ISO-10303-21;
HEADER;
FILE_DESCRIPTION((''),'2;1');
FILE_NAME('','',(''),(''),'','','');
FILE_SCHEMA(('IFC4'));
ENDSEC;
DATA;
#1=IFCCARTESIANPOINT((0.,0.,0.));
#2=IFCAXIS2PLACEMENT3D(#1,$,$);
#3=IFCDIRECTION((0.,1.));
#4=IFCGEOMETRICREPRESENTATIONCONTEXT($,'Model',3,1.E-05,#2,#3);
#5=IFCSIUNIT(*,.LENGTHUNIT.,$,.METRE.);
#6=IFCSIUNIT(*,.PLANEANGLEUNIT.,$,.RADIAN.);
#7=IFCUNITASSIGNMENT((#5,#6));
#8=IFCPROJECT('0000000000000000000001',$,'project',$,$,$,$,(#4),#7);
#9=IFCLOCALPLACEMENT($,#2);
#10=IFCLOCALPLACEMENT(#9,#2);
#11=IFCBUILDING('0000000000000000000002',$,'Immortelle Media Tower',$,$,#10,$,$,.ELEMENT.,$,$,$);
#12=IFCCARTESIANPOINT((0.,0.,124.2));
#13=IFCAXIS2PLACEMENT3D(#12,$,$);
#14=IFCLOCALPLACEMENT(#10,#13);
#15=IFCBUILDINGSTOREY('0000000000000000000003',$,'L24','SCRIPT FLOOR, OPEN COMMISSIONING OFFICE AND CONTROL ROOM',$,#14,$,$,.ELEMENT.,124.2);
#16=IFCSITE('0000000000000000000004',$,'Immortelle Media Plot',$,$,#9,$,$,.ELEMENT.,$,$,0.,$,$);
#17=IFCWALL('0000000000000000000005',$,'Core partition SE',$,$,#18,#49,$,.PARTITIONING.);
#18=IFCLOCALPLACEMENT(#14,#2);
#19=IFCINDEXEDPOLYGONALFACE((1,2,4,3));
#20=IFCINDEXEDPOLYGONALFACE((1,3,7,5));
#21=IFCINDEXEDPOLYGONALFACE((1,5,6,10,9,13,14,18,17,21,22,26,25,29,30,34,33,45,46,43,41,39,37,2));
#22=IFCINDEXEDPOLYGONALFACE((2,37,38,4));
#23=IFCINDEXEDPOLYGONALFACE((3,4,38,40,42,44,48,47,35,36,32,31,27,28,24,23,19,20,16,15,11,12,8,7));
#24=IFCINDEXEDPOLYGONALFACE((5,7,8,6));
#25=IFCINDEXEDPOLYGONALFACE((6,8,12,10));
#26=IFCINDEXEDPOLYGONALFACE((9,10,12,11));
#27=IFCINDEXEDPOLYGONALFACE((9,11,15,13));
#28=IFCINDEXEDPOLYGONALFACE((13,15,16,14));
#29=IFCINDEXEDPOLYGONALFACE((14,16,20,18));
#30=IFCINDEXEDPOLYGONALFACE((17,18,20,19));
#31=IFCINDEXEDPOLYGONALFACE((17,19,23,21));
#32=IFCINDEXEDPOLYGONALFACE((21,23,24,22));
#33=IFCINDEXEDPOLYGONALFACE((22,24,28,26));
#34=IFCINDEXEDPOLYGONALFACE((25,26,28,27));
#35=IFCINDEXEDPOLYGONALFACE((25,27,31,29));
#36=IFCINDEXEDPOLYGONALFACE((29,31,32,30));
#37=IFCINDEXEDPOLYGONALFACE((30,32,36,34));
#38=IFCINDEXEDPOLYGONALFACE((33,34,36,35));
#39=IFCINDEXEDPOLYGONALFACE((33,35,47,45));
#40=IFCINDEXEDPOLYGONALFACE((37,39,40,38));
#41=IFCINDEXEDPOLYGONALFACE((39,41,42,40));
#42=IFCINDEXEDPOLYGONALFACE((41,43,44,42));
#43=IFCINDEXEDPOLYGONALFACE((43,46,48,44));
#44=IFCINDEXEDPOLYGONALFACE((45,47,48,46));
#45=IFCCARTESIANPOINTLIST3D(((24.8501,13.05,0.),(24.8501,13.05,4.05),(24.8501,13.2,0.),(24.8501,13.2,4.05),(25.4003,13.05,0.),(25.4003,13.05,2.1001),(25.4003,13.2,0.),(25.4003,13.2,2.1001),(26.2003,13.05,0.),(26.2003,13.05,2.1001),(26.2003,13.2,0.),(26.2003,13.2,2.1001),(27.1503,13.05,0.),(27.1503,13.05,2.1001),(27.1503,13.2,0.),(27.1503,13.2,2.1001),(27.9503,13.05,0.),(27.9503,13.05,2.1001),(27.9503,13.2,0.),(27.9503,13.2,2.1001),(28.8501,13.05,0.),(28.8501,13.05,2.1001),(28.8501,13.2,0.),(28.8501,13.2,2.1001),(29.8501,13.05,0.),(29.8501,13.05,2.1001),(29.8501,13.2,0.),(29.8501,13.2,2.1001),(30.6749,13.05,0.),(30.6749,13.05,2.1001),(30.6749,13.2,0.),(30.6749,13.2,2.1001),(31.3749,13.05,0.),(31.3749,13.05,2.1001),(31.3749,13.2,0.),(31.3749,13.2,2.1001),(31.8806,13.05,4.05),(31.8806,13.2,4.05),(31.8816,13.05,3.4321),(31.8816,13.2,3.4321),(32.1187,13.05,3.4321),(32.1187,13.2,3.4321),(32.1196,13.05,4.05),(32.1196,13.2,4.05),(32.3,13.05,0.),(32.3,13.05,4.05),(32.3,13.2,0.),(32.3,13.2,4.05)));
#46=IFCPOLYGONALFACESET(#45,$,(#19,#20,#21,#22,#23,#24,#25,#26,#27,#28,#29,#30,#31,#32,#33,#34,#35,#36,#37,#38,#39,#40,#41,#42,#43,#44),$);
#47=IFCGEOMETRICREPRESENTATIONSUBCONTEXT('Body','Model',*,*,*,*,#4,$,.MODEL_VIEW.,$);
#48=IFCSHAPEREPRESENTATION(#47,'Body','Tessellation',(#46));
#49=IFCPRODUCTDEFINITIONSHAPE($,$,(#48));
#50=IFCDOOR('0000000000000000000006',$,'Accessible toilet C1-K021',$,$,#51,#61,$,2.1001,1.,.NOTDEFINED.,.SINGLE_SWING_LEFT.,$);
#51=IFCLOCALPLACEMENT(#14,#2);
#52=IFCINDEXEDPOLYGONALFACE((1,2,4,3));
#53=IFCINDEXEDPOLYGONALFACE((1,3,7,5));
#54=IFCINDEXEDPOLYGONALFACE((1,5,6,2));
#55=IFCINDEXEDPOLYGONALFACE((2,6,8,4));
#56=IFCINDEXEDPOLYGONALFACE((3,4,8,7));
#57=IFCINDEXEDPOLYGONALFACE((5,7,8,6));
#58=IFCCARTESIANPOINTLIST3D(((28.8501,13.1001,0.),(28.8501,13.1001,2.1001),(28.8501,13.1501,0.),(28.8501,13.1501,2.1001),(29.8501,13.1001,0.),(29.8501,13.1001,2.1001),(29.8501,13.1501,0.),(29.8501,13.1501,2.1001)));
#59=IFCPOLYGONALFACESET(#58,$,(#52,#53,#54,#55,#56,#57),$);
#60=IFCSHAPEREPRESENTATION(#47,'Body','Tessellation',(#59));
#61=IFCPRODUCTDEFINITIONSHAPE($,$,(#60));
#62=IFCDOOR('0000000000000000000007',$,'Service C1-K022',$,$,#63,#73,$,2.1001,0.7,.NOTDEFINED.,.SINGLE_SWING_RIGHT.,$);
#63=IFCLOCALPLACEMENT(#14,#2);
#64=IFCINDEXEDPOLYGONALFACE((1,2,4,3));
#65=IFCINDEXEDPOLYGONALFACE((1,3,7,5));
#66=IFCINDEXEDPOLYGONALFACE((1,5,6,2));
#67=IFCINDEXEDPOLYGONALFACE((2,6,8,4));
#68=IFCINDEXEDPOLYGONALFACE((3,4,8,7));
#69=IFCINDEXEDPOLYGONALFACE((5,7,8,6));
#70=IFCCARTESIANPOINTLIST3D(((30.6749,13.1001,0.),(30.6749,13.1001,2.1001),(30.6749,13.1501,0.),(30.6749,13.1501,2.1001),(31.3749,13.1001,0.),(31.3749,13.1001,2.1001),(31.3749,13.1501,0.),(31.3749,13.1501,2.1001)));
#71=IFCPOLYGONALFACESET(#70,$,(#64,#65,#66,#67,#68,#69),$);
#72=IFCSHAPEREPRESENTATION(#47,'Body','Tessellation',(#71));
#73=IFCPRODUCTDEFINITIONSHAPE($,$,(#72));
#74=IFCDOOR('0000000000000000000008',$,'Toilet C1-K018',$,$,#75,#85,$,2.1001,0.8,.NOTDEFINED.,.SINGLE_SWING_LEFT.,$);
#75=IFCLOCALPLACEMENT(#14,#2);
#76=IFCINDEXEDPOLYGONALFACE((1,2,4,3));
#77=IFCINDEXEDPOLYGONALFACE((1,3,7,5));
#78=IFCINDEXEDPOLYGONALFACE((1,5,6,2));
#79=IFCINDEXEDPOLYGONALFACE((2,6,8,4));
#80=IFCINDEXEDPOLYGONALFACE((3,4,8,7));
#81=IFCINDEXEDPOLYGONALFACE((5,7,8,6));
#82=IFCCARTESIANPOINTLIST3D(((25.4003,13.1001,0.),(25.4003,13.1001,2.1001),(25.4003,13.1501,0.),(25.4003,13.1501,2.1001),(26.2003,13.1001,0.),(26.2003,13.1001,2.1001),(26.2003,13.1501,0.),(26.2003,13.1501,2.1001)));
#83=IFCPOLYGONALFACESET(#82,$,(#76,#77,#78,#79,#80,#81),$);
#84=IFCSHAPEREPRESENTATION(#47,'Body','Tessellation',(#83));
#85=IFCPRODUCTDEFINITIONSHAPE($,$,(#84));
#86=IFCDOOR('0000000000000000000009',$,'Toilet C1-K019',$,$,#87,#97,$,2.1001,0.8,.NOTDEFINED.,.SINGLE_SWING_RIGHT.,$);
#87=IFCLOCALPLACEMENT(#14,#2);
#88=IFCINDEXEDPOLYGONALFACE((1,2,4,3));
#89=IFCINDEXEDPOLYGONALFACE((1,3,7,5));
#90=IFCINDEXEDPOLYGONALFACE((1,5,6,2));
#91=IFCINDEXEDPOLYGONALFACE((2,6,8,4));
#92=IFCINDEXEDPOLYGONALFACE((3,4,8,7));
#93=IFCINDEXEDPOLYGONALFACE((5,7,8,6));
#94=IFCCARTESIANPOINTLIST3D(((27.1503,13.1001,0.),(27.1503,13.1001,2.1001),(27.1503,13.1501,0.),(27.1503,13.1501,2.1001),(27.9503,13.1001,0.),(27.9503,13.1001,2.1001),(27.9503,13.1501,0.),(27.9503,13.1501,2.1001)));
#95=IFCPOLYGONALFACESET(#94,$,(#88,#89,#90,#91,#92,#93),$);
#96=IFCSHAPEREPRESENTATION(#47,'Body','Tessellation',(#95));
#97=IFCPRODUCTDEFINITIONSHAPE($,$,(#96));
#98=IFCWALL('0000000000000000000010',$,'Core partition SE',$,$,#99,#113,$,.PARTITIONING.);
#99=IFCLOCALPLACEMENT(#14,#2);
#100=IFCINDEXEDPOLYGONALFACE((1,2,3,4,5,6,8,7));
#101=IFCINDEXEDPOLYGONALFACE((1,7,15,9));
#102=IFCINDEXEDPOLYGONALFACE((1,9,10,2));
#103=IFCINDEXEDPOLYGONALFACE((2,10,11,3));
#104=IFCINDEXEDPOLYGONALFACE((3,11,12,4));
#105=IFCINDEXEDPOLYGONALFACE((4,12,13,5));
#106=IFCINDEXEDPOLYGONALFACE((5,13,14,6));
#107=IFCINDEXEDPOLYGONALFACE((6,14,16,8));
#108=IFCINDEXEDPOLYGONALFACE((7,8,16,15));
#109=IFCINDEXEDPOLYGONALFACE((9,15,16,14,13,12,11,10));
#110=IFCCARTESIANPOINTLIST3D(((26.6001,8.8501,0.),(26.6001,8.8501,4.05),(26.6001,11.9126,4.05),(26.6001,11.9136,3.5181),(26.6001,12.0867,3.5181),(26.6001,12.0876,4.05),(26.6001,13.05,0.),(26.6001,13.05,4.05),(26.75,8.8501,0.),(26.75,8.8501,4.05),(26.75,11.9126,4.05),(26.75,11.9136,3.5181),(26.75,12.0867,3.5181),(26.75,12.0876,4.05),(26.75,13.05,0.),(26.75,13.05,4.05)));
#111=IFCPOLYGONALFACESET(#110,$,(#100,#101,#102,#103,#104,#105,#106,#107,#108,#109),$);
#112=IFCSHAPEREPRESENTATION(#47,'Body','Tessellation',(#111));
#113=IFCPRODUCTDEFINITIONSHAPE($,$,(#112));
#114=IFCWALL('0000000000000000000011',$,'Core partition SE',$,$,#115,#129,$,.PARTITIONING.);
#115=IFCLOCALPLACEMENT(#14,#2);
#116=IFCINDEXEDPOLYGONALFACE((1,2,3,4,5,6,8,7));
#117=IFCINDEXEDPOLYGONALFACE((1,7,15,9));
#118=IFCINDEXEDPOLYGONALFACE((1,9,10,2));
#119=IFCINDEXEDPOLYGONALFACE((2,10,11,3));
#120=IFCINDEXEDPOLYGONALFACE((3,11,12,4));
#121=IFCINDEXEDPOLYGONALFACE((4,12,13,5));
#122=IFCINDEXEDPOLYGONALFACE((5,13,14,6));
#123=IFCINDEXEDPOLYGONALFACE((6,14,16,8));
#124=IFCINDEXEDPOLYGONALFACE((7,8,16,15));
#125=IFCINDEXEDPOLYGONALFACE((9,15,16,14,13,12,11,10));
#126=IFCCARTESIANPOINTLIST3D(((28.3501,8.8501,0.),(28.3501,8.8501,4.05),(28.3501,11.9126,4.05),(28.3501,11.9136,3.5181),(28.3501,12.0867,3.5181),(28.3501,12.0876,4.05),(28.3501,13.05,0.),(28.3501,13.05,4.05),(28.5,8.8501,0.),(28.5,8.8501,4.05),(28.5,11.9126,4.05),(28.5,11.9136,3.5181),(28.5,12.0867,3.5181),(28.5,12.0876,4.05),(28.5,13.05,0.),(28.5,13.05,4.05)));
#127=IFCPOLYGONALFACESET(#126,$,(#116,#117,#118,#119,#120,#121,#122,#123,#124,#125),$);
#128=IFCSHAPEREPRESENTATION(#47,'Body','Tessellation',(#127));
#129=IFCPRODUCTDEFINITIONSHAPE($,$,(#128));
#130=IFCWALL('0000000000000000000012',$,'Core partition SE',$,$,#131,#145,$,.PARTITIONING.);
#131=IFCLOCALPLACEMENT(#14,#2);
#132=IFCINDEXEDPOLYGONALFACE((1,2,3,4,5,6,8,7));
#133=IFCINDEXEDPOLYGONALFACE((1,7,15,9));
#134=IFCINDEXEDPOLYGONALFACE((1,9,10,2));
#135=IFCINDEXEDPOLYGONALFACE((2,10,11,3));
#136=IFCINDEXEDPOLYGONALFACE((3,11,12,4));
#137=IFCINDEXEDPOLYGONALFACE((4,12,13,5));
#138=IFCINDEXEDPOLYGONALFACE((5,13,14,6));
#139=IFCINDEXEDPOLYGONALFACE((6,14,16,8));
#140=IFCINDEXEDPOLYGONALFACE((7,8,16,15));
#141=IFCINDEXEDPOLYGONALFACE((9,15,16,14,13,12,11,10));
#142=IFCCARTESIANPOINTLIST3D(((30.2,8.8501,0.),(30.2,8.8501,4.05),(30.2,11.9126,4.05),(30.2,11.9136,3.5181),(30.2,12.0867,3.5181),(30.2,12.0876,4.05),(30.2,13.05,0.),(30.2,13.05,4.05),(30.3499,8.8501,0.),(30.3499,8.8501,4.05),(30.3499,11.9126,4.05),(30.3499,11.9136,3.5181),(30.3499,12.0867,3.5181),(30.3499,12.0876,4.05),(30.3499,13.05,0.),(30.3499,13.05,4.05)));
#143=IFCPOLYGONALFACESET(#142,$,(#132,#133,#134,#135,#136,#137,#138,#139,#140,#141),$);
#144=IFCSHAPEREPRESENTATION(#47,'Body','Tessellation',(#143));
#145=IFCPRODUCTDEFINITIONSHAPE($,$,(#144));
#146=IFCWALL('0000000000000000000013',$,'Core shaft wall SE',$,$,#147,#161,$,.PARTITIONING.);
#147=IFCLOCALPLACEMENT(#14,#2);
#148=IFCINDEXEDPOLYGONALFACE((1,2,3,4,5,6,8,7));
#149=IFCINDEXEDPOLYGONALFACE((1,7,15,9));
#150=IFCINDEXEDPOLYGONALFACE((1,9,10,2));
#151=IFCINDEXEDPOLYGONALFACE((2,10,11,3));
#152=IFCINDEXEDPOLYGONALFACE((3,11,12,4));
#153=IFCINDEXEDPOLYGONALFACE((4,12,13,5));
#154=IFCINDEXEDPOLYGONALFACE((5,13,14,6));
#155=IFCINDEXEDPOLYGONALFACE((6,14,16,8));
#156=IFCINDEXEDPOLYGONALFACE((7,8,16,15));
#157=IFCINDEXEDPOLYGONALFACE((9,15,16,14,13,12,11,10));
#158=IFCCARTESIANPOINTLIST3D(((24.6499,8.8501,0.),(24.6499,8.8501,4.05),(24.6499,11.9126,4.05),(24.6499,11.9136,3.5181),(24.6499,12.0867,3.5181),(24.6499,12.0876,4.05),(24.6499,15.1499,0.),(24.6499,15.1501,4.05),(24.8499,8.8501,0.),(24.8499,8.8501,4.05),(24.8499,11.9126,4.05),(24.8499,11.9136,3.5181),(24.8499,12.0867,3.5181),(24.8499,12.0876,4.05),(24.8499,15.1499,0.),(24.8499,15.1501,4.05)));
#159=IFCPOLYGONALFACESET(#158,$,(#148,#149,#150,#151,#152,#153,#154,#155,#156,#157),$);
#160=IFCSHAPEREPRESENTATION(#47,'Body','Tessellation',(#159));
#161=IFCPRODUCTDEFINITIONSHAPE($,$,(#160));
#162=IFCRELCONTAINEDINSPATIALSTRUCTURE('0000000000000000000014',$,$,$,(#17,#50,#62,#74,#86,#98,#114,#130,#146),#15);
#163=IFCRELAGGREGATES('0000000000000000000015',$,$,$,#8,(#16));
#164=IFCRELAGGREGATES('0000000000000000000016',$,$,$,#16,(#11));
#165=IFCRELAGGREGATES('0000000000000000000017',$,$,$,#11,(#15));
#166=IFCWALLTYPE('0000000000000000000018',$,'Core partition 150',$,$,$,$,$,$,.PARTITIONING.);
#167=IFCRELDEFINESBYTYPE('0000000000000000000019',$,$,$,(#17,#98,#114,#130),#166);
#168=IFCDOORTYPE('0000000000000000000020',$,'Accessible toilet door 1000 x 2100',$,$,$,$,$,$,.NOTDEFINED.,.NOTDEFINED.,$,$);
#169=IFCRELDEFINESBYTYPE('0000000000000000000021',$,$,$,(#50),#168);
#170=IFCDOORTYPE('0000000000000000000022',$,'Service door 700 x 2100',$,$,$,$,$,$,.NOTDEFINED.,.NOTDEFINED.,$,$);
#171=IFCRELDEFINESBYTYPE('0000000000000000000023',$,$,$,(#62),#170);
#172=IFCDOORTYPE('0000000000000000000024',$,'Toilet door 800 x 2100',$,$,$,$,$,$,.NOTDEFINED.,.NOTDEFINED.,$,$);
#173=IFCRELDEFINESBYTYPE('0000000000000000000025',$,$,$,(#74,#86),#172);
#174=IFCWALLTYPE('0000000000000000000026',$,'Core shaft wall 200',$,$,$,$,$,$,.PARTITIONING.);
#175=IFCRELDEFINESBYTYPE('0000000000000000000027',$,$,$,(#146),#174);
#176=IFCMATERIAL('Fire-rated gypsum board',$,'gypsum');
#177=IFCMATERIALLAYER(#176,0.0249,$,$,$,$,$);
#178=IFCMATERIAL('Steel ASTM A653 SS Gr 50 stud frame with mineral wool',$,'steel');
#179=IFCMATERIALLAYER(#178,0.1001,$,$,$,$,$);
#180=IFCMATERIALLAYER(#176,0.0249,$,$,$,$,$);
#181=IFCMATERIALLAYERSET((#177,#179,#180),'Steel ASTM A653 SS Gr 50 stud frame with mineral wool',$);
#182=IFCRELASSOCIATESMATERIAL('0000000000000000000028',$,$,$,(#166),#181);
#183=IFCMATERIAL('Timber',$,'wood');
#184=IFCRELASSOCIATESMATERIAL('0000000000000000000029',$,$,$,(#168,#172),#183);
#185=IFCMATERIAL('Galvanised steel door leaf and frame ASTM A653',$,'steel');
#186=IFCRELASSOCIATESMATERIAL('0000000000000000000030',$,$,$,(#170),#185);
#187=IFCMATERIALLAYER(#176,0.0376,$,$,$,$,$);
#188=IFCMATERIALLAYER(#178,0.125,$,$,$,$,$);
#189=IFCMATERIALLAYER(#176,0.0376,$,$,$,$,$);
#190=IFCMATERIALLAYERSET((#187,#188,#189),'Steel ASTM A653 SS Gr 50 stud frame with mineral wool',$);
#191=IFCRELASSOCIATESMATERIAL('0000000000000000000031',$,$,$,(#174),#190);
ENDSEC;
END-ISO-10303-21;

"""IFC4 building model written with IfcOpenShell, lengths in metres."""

from ifc_helpers import new_model, si_unit, direction, frame, frame_2d, origin, place, context, subcontext, project, spatial, polyline, rectangle, outline, extrude, material, layer, layer_set, type_object, element, fill, save


model = new_model("IFC4")

# Units and contexts
model_context = context("Model", 3, precision=1e-05, world=origin(), true_north=direction((0.0, 1.0)))
body_context = subcontext(model_context, "Body", "Model", "MODEL_VIEW")
ifc_project = project(units=[si_unit("LENGTHUNIT", "METRE"), si_unit("PLANEANGLEUNIT", "RADIAN")], contexts=[model_context])

# Site, building, storey
site_placement = place(None, origin())
site = spatial("IfcSite", under=ifc_project, at=site_placement, Name="Immortelle Media Plot", CompositionType="ELEMENT", RefElevation=0.0)
building_placement = place(site_placement, origin())
building = spatial("IfcBuilding", under=site, at=building_placement, Name="Immortelle Media Tower", CompositionType="ELEMENT")
storey_placement = place(building_placement, frame((0.0, 0.0, 124.2)))
storey = spatial("IfcBuildingStorey", under=building, at=storey_placement, Name="L24", Description="SCRIPT FLOOR, OPEN COMMISSIONING OFFICE AND CONTROL ROOM", CompositionType="ELEMENT", Elevation=124.2)

# Wall, openings, doors
ifc_material_1 = material(Name="Fire-rated gypsum board", Category="gypsum")
ifc_layer_1 = layer(ifc_material_1, 0.0249)
ifc_material_2 = material(Name="Steel ASTM A653 SS Gr 50 stud frame with mineral wool", Category="steel")
ifc_layer_2 = layer(ifc_material_2, 0.1001)
ifc_layer_3 = layer(ifc_material_1, 0.0249)
ifc_layer_set_1 = layer_set([ifc_layer_1, ifc_layer_2, ifc_layer_3], Name="Steel ASTM A653 SS Gr 50 stud frame with mineral wool")
wall_type_1 = type_object("IfcWallType", Name="Core partition 150", PredefinedType="PARTITIONING", material=ifc_layer_set_1)
wall_1_placement = place(storey_placement, frame((24.8501, 13.125, 0.0), z_axis=(0.0, 0.0, 1.0), x_axis=(1.0, 0.0, 0.0)))
wall_1 = element("IfcWall", 1, at=wall_1_placement, inside=storey, type_object=wall_type_1, Name="Core partition SE", PredefinedType="PARTITIONING", context=body_context, shape_type="SweptSolid", body=[
    extrude(outline(polyline([(0.0, 0.0), (7.45, 0.0), (7.45, 4.05), (7.2695, 4.05), (7.2686, 3.4321), (7.0315, 3.4321), (7.0305, 4.05), (0.0, 4.05), (0.0, 0.0)])), frame((0.0, 0.075, 0.0), z_axis=(0.0, -1.0, 0.0), x_axis=(1.0, 0.0, 0.0)), (0.0, 0.0, 1.0), 0.1499),
])
opening_1_placement = place(wall_1_placement, frame((1.3501, 0.0, 0.0), z_axis=(0.0, 0.0, 1.0), x_axis=(-1.0, 0.0, 0.0)))
opening_1 = element("IfcOpeningElement", 2, at=opening_1_placement, cuts=wall_1, PredefinedType="OPENING", context=body_context, shape_type="SweptSolid", body=[
    extrude(rectangle(XDim=0.8, YDim=2.1001, at=frame_2d((0.3999, 1.05))), frame((0.0, 0.085, 0.0), z_axis=(0.0, -1.0, 0.0), x_axis=(1.0, 0.0, 0.0)), (0.0, 0.0, 1.0), 0.1699),
])
opening_2_placement = place(wall_1_placement, frame((3.1001, 0.0, 0.0), z_axis=(0.0, 0.0, 1.0), x_axis=(-1.0, 0.0, 0.0)))
opening_2 = element("IfcOpeningElement", 3, at=opening_2_placement, cuts=wall_1, PredefinedType="OPENING", context=body_context, shape_type="SweptSolid", body=[
    extrude(rectangle(XDim=0.8, YDim=2.1001, at=frame_2d((0.3999, 1.05))), frame((0.0, 0.085, 0.0), z_axis=(0.0, -1.0, 0.0), x_axis=(1.0, 0.0, 0.0)), (0.0, 0.0, 1.0), 0.1699),
])
opening_3_placement = place(wall_1_placement, frame((5.0, 0.0, 0.0), z_axis=(0.0, 0.0, 1.0), x_axis=(-1.0, 0.0, 0.0)))
opening_3 = element("IfcOpeningElement", 4, at=opening_3_placement, cuts=wall_1, PredefinedType="OPENING", context=body_context, shape_type="SweptSolid", body=[
    extrude(rectangle(XDim=1.0, YDim=2.1001, at=frame_2d((0.5, 1.05))), frame((0.0, 0.085, 0.0), z_axis=(0.0, -1.0, 0.0), x_axis=(1.0, 0.0, 0.0)), (0.0, 0.0, 1.0), 0.1699),
])
opening_4_placement = place(wall_1_placement, frame((6.5249, 0.0, 0.0), z_axis=(0.0, 0.0, 1.0), x_axis=(-1.0, 0.0, 0.0)))
opening_4 = element("IfcOpeningElement", 5, at=opening_4_placement, cuts=wall_1, PredefinedType="OPENING", context=body_context, shape_type="SweptSolid", body=[
    extrude(rectangle(XDim=0.7, YDim=2.1001, at=frame_2d((0.3501, 1.05))), frame((0.0, 0.085, 0.0), z_axis=(0.0, -1.0, 0.0), x_axis=(1.0, 0.0, 0.0)), (0.0, 0.0, 1.0), 0.1699),
])
ifc_material_3 = material(Name="Timber", Category="wood")
door_type_1 = type_object("IfcDoorType", Name="Accessible toilet door 1000 x 2100", OperationType="NOTDEFINED", PredefinedType="NOTDEFINED", material=ifc_material_3)
door_1_placement = place(opening_3_placement, origin())
door_1 = element("IfcDoor", 6, at=door_1_placement, inside=storey, type_object=door_type_1, Name="Accessible toilet C1-K021", OperationType="SINGLE_SWING_LEFT", OverallHeight=2.1001, OverallWidth=1.0, PredefinedType="NOTDEFINED", context=body_context, shape_type="SweptSolid", body=[
    extrude(rectangle(XDim=1.0, YDim=2.1001, at=frame_2d((0.5, 1.05))), frame((0.0, 0.0249, 0.0), z_axis=(0.0, -1.0, 0.0), x_axis=(1.0, 0.0, 0.0)), (0.0, 0.0, 1.0), 0.05),
])
fill(opening_3, door_1)
ifc_material_4 = material(Name="Galvanised steel door leaf and frame ASTM A653", Category="steel")
door_type_2 = type_object("IfcDoorType", Name="Service door 700 x 2100", OperationType="NOTDEFINED", PredefinedType="NOTDEFINED", material=ifc_material_4)
door_2_placement = place(opening_4_placement, origin())
door_2 = element("IfcDoor", 7, at=door_2_placement, inside=storey, type_object=door_type_2, Name="Service C1-K022", OperationType="SINGLE_SWING_RIGHT", OverallHeight=2.1001, OverallWidth=0.7, PredefinedType="NOTDEFINED", context=body_context, shape_type="SweptSolid", body=[
    extrude(rectangle(XDim=0.7, YDim=2.1001, at=frame_2d((0.3501, 1.05))), frame((0.0, 0.0249, 0.0), z_axis=(0.0, -1.0, 0.0), x_axis=(1.0, 0.0, 0.0)), (0.0, 0.0, 1.0), 0.05),
])
fill(opening_4, door_2)
door_type_3 = type_object("IfcDoorType", Name="Toilet door 800 x 2100", OperationType="NOTDEFINED", PredefinedType="NOTDEFINED", material=ifc_material_3)
door_3_placement = place(opening_1_placement, origin())
door_3 = element("IfcDoor", 8, at=door_3_placement, inside=storey, type_object=door_type_3, Name="Toilet C1-K018", OperationType="SINGLE_SWING_LEFT", OverallHeight=2.1001, OverallWidth=0.8, PredefinedType="NOTDEFINED", context=body_context, shape_type="SweptSolid", body=[
    extrude(rectangle(XDim=0.8, YDim=2.1001, at=frame_2d((0.3999, 1.05))), frame((0.0, 0.0249, 0.0), z_axis=(0.0, -1.0, 0.0), x_axis=(1.0, 0.0, 0.0)), (0.0, 0.0, 1.0), 0.05),
])
fill(opening_1, door_3)
door_4_placement = place(opening_2_placement, origin())
door_4 = element("IfcDoor", 9, at=door_4_placement, inside=storey, type_object=door_type_3, Name="Toilet C1-K019", OperationType="SINGLE_SWING_RIGHT", OverallHeight=2.1001, OverallWidth=0.8, PredefinedType="NOTDEFINED", context=body_context, shape_type="SweptSolid", body=[
    extrude(rectangle(XDim=0.8, YDim=2.1001, at=frame_2d((0.3999, 1.05))), frame((0.0, 0.0249, 0.0), z_axis=(0.0, -1.0, 0.0), x_axis=(1.0, 0.0, 0.0)), (0.0, 0.0, 1.0), 0.05),
])
fill(opening_2, door_4)

# Walls
for number, where, z_axis, x_axis, name in (
    (10, (26.675, 8.8501, 0.0), (0.0, 0.0, 1.0), (0.0, 1.0, 0.0), "Core partition SE"),
    (11, (28.425, 8.8501, 0.0), (0.0, 0.0, 1.0), (0.0, 1.0, 0.0), "Core partition SE"),
    (12, (30.2749, 8.8501, 0.0), (0.0, 0.0, 1.0), (0.0, 1.0, 0.0), "Core partition SE"),
):
    element("IfcWall", number, at=place(storey_placement, frame(where, z_axis=z_axis, x_axis=x_axis)), inside=storey, type_object=wall_type_1, Name=name, PredefinedType="PARTITIONING", context=body_context, shape_type="SweptSolid", body=[
        extrude(outline(polyline([(0.0, 0.0), (4.2, 0.0), (4.2, 4.05), (3.2375, 4.05), (3.2366, 3.5181), (3.0635, 3.5181), (3.0625, 4.05), (0.0, 4.05), (0.0, 0.0)])), frame((0.0, 0.075, 0.0), z_axis=(0.0, -1.0, 0.0), x_axis=(1.0, 0.0, 0.0)), (0.0, 0.0, 1.0), 0.1499),
    ])
ifc_layer_4 = layer(ifc_material_1, 0.0376)
ifc_layer_5 = layer(ifc_material_2, 0.125)
ifc_layer_6 = layer(ifc_material_1, 0.0376)
ifc_layer_set_2 = layer_set([ifc_layer_4, ifc_layer_5, ifc_layer_6], Name="Steel ASTM A653 SS Gr 50 stud frame with mineral wool")
wall_type_2 = type_object("IfcWallType", Name="Core shaft wall 200", PredefinedType="PARTITIONING", material=ifc_layer_set_2)
wall_2_placement = place(storey_placement, frame((24.75, 8.8501, 0.0), z_axis=(0.0, 0.0, 1.0), x_axis=(0.0, 1.0, 0.0)))
element("IfcWall", 13, at=wall_2_placement, inside=storey, type_object=wall_type_2, Name="Core shaft wall SE", PredefinedType="PARTITIONING", context=body_context, shape_type="SweptSolid", body=[
    extrude(outline(polyline([(0.0, 0.0), (6.2998, 0.0), (6.3, 4.05), (3.2375, 4.05), (3.2366, 3.5181), (3.0635, 3.5181), (3.0625, 4.05), (0.0, 4.05), (0.0, 0.0)])), frame((0.0, 0.1001, 0.0), z_axis=(0.0, -1.0, 0.0), x_axis=(1.0, 0.0, 0.0)), (0.0, 0.0, 1.0), 0.2),
])

save(model, "model.ifc")
